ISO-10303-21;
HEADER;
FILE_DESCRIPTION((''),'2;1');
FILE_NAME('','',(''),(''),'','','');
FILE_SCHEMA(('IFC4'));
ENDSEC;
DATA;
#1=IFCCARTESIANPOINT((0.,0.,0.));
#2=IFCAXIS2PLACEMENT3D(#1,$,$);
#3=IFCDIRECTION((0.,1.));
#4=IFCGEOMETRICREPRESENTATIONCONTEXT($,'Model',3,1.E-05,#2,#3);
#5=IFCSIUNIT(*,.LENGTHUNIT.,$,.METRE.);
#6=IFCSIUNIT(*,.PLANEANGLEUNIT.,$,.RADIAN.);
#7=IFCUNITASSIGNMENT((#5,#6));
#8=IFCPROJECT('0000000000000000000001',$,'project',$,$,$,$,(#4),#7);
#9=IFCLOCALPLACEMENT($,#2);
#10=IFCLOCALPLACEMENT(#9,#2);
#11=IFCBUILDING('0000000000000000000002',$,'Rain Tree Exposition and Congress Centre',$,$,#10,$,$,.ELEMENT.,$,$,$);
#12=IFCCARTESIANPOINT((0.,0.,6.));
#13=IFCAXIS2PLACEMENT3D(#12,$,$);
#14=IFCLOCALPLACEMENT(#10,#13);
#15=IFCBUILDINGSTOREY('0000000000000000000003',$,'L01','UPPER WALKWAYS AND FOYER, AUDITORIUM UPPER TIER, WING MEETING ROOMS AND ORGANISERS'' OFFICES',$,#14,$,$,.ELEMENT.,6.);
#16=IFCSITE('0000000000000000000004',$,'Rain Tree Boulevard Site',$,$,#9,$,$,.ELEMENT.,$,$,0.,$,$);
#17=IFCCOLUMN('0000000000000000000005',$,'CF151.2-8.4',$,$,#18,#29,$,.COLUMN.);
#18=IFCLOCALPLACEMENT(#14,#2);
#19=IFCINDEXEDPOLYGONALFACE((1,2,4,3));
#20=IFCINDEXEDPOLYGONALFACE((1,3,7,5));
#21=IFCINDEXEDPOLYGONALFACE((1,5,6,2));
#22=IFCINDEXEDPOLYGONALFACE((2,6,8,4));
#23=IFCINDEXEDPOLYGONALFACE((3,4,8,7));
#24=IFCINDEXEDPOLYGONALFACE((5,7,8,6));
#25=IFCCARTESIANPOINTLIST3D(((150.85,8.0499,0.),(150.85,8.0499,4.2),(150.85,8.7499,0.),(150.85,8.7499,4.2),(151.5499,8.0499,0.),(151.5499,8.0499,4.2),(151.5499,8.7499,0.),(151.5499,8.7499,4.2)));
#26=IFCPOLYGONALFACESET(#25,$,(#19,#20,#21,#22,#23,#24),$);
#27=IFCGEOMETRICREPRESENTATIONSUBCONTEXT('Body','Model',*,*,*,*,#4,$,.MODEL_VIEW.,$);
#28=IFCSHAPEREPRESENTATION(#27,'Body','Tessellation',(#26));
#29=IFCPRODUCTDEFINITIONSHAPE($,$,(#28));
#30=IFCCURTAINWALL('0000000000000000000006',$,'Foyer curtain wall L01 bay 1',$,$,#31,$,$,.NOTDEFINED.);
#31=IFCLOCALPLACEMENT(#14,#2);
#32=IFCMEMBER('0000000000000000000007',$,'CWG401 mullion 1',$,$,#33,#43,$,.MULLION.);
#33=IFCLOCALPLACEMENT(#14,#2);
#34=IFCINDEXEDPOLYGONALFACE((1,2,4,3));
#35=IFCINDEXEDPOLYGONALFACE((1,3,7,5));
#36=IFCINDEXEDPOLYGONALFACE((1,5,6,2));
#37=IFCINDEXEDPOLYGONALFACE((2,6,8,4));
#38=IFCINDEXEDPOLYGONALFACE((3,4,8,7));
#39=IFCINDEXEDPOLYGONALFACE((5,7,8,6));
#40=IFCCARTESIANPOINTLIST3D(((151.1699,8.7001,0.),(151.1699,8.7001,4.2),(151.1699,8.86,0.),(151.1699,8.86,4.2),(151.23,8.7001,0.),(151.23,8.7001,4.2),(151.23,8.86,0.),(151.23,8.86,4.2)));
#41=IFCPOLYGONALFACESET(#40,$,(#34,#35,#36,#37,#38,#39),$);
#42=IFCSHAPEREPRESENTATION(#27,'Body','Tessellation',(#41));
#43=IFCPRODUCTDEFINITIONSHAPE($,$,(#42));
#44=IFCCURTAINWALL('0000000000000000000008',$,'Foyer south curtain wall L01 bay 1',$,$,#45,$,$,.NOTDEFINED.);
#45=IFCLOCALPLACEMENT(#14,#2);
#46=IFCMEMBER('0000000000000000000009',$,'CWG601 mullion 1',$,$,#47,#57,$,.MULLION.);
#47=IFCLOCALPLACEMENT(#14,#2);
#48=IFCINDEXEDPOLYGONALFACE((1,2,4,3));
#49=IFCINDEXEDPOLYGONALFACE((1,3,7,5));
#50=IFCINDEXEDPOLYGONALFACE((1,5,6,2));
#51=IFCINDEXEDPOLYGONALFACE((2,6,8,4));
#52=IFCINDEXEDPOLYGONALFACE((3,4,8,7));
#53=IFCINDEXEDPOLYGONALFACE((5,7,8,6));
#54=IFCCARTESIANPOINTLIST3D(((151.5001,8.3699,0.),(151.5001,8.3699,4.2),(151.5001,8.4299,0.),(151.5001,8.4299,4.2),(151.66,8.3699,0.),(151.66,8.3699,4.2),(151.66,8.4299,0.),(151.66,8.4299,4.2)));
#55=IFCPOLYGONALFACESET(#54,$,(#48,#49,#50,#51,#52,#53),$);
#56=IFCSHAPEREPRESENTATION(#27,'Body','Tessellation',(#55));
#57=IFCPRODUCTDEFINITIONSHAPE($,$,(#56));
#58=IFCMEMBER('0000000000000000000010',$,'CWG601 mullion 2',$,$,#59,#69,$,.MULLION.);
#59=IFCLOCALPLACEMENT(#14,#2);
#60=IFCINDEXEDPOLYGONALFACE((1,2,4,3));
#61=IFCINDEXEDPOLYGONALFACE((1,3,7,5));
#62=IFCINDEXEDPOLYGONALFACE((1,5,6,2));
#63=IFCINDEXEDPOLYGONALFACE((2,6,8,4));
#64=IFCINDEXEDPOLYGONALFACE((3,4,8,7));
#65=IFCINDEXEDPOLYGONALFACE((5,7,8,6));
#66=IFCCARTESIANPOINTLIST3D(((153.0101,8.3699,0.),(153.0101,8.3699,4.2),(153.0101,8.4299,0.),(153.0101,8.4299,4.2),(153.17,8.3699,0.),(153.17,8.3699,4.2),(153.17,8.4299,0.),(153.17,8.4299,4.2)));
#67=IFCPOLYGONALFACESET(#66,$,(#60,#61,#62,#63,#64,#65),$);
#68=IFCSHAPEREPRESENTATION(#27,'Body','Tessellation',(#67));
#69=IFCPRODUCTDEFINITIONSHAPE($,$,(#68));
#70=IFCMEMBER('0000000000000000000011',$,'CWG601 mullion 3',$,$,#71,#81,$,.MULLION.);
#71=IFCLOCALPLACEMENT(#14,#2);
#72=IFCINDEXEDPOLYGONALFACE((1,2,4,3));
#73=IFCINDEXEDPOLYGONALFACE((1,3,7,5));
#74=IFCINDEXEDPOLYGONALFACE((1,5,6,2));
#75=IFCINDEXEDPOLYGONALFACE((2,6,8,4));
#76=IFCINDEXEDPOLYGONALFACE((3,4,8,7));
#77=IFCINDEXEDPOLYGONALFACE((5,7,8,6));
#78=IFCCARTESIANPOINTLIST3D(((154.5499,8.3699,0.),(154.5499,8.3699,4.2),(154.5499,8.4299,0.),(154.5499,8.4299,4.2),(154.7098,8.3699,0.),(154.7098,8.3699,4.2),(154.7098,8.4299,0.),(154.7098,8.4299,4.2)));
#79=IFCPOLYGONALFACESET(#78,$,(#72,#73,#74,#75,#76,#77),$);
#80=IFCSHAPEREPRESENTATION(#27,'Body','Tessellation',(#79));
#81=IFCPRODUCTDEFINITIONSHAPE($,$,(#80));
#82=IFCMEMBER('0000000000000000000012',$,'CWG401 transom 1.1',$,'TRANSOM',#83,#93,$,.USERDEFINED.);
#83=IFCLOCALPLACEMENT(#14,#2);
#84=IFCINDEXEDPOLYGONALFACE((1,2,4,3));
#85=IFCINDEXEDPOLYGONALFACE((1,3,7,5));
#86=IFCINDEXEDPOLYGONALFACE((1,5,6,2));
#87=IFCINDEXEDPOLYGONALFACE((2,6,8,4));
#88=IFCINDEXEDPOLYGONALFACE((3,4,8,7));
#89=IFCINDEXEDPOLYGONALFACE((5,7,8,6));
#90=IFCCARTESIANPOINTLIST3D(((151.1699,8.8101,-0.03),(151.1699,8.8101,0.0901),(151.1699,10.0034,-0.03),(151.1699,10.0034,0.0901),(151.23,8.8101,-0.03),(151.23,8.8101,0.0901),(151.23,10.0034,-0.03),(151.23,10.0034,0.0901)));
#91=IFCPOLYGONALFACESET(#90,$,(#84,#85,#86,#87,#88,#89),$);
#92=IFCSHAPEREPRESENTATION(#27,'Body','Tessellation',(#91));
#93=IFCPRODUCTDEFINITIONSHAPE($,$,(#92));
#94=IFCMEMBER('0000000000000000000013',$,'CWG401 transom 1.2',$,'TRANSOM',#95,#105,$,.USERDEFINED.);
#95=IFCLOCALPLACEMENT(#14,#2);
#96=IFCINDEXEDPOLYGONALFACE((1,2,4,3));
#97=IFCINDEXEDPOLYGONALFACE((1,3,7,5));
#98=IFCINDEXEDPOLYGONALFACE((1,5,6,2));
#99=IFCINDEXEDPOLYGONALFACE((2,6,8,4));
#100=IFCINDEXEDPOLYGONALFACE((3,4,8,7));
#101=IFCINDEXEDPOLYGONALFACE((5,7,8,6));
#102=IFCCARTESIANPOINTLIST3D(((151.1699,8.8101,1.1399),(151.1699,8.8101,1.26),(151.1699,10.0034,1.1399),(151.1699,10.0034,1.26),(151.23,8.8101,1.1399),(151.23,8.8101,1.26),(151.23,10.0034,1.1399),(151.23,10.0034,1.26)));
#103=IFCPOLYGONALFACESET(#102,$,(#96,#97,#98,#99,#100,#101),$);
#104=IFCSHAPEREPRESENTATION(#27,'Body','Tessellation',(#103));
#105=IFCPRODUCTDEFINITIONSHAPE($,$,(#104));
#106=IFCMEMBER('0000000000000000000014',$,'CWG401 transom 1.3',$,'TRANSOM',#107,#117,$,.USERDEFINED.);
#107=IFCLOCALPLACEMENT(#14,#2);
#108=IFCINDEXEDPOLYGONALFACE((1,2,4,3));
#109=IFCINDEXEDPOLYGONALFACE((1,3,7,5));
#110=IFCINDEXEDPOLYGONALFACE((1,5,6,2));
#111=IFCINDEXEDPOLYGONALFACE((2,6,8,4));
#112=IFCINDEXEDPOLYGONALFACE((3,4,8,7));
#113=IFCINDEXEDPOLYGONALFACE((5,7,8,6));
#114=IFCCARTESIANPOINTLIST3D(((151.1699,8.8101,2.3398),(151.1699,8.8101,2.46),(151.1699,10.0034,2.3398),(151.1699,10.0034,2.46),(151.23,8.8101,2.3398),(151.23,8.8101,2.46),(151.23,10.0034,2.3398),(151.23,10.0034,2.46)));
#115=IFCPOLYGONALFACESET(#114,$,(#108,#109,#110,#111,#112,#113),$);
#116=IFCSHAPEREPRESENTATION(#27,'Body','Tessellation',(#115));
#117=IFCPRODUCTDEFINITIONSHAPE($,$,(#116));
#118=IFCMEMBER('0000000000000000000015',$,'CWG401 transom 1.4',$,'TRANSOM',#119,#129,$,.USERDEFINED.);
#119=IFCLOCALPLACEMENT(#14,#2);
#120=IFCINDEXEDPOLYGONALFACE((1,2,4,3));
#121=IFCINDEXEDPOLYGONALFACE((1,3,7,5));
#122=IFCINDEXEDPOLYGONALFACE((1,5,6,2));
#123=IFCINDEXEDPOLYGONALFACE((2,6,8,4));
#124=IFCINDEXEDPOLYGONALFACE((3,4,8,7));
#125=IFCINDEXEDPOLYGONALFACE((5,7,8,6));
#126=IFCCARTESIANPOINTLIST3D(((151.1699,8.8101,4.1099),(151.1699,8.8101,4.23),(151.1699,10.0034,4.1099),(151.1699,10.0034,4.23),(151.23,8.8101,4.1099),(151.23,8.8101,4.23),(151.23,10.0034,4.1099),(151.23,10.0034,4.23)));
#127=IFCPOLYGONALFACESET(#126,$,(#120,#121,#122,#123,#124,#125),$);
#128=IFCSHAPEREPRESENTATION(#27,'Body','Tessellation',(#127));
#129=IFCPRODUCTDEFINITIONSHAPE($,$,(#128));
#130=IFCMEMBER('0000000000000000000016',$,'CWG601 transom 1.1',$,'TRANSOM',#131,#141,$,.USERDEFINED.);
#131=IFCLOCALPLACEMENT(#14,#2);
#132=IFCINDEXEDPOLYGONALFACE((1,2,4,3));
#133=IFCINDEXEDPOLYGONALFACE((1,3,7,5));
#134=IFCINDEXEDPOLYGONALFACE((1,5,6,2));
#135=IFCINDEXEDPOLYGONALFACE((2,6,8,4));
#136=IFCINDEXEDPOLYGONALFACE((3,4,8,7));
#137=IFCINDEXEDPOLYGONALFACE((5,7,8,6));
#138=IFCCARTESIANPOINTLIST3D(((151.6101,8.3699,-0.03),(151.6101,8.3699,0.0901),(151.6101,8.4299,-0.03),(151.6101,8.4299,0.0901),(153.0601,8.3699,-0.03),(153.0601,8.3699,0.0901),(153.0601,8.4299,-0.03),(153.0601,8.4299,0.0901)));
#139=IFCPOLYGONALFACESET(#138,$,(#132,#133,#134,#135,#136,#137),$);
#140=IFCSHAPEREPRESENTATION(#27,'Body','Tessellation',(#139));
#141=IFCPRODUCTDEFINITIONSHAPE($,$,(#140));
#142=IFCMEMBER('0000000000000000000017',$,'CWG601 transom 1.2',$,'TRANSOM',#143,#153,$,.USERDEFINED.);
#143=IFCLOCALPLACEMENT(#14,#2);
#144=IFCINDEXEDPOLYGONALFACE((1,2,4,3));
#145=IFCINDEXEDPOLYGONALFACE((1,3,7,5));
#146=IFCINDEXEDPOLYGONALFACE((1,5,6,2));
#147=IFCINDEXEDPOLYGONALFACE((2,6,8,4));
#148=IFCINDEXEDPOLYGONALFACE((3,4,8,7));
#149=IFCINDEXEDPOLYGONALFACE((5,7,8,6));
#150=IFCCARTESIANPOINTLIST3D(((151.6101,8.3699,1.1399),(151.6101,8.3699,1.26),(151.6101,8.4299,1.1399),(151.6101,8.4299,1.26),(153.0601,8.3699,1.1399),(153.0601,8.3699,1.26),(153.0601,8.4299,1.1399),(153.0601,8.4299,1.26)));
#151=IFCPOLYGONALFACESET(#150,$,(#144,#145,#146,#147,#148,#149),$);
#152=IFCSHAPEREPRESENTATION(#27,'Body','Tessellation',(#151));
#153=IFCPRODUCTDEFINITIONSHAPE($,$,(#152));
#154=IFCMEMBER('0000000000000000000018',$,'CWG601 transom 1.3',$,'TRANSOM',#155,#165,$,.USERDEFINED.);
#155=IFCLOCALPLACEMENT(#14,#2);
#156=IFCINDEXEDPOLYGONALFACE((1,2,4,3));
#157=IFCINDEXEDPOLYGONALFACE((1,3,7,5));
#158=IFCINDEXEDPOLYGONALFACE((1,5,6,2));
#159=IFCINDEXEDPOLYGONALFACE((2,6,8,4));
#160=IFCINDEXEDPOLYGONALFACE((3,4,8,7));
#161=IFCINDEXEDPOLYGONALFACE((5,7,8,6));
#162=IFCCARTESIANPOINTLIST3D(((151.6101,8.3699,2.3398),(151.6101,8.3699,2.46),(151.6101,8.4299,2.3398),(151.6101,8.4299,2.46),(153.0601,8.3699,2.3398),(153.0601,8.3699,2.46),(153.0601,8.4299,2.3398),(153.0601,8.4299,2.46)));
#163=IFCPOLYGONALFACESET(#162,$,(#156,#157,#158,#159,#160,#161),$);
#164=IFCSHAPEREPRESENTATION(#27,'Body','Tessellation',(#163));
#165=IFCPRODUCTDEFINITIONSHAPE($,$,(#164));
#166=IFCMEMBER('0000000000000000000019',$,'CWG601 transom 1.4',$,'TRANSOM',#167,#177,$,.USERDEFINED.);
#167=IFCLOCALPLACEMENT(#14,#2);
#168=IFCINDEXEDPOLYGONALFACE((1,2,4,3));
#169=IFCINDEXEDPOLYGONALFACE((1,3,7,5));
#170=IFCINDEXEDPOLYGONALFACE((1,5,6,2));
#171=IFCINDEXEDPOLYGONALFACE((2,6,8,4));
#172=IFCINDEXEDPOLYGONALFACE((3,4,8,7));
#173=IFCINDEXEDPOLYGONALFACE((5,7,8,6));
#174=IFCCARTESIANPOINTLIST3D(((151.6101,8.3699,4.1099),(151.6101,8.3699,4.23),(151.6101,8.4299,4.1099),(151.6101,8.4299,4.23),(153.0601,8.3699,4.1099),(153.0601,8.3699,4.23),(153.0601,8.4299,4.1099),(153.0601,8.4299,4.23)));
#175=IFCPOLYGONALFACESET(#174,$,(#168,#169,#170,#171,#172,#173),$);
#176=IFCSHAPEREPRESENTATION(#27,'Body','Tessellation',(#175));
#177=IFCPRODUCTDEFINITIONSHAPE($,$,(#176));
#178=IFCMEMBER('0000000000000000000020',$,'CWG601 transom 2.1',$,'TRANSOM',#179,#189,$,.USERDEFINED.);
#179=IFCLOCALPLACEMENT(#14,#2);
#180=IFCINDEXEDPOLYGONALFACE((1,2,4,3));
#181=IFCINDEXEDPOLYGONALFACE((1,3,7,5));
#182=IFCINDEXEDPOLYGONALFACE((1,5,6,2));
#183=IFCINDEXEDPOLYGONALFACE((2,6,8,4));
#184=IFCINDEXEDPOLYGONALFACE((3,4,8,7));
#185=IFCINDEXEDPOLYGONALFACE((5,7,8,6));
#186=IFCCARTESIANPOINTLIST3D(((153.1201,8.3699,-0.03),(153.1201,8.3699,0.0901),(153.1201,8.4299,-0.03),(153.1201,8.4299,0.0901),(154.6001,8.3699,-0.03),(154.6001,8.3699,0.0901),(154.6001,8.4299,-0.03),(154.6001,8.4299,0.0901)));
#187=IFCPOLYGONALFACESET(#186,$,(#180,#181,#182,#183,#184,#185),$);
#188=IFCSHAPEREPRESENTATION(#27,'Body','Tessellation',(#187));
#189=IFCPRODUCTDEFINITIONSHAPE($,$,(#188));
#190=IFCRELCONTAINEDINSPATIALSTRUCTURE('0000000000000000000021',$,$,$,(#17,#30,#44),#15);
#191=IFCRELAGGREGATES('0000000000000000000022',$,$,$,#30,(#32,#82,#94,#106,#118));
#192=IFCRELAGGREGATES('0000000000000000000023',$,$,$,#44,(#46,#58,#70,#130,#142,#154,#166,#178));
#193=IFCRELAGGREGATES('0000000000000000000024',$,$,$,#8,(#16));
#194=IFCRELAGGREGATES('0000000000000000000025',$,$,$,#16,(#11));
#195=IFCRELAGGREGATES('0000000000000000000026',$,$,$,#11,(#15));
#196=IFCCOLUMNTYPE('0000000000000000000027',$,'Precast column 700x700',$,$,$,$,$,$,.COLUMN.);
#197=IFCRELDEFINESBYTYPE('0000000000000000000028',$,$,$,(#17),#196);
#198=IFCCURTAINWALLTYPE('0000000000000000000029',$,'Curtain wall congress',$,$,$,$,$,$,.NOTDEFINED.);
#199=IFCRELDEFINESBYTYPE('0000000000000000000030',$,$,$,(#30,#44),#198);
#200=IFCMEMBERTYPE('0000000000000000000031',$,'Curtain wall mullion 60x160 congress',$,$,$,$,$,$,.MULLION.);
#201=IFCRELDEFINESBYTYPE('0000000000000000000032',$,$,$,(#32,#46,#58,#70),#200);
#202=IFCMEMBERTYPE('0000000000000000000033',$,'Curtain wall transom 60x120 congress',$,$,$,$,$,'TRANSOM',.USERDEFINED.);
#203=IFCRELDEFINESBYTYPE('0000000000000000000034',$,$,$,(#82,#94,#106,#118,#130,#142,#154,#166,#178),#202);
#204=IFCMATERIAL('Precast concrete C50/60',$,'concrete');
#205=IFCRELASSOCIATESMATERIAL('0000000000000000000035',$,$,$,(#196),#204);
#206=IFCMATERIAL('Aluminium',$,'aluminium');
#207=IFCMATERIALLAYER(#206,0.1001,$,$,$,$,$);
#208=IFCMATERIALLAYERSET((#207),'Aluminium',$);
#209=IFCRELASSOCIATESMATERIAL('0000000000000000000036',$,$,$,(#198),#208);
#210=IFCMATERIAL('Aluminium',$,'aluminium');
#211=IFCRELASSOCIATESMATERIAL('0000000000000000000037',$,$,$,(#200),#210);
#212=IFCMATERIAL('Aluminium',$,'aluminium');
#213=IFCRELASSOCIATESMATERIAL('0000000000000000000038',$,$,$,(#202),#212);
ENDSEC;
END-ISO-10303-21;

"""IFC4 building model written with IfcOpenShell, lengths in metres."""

from ifc_helpers import new_model, si_unit, direction, frame, origin, origin_2d, place, context, subcontext, project, spatial, rectangle, extrude, material, layer, layer_set, material_profile, profile_set, type_object, element, aggregate, save


model = new_model("IFC4")

# Units and contexts
model_context = context("Model", 3, precision=1e-05, world=origin(), true_north=direction((0.0, 1.0)))
body_context = subcontext(model_context, "Body", "Model", "MODEL_VIEW")
ifc_project = project(units=[si_unit("LENGTHUNIT", "METRE"), si_unit("PLANEANGLEUNIT", "RADIAN")], contexts=[model_context])

# Site, building, storey
site_placement = place(None, origin())
site = spatial("IfcSite", under=ifc_project, at=site_placement, Name="Rain Tree Boulevard Site", CompositionType="ELEMENT", RefElevation=0.0)
building_placement = place(site_placement, origin())
building = spatial("IfcBuilding", under=site, at=building_placement, Name="Rain Tree Exposition and Congress Centre", CompositionType="ELEMENT")
storey_placement = place(building_placement, frame((0.0, 0.0, 6.0)))
storey = spatial("IfcBuildingStorey", under=building, at=storey_placement, Name="L01", Description="UPPER WALKWAYS AND FOYER, AUDITORIUM UPPER TIER, WING MEETING ROOMS AND ORGANISERS' OFFICES", CompositionType="ELEMENT", Elevation=6.0)

# Column
ifc_material_1 = material(Name="Precast concrete C50/60", Category="concrete")
ifc_material_profile_1 = material_profile(ifc_material_1, rectangle(XDim=0.7, YDim=0.7, at=origin_2d()), Name="RC 700x700")
ifc_profile_set_1 = profile_set([ifc_material_profile_1], Name="Precast concrete C50/60")
column_type = type_object("IfcColumnType", Name="Precast column 700x700", PredefinedType="COLUMN", material=ifc_profile_set_1)
column_placement = place(storey_placement, frame((151.2, 8.3999, 0.0), z_axis=(0.0, 0.0, 1.0), x_axis=(1.0, 0.0, 0.0)))
element("IfcColumn", 1, at=column_placement, inside=storey, type_object=column_type, Name="CF151.2-8.4", PredefinedType="COLUMN", context=body_context, shape_type="SweptSolid", body=[
    extrude(rectangle(XDim=0.7, YDim=0.7, at=origin_2d()), origin(), (0.0, 0.0, 1.0), 4.2),
])

# Curtain wall, member
ifc_material_2 = material(Name="Aluminium", Category="aluminium")
ifc_layer_1 = layer(ifc_material_2, 0.1001)
ifc_layer_set_1 = layer_set([ifc_layer_1], Name="Aluminium")
curtain_wall_type = type_object("IfcCurtainWallType", Name="Curtain wall congress", PredefinedType="NOTDEFINED", material=ifc_layer_set_1)
curtain_wall_1_placement = place(storey_placement, origin())
curtain_wall_1 = element("IfcCurtainWall", 2, at=curtain_wall_1_placement, inside=storey, type_object=curtain_wall_type, Name="Foyer curtain wall L01 bay 1", PredefinedType="NOTDEFINED")
ifc_material_3 = material(Name="Aluminium", Category="aluminium")
ifc_material_profile_2 = material_profile(ifc_material_3, rectangle(XDim=0.0601, YDim=0.1599, at=origin_2d()), Name="AL 60x160")
ifc_profile_set_2 = profile_set([ifc_material_profile_2], Name="Aluminium")
member_type_1 = type_object("IfcMemberType", Name="Curtain wall mullion 60x160 congress", PredefinedType="MULLION", material=ifc_profile_set_2)
member_1_placement = place(storey_placement, frame((151.2, 8.78, 0.0), z_axis=(0.0, 0.0, 1.0), x_axis=(-1.0, 0.0, 0.0)))
member_1 = element("IfcMember", 3, at=member_1_placement, type_object=member_type_1, Name="CWG401 mullion 1", PredefinedType="MULLION", context=body_context, shape_type="SweptSolid", body=[
    extrude(rectangle(XDim=0.0601, YDim=0.1599, at=origin_2d()), origin(), (0.0, 0.0, 1.0), 4.2),
])

# Curtain wall, members
curtain_wall_2_placement = place(storey_placement, origin())
curtain_wall_2 = element("IfcCurtainWall", 4, at=curtain_wall_2_placement, inside=storey, type_object=curtain_wall_type, Name="Foyer south curtain wall L01 bay 1", PredefinedType="NOTDEFINED")
member_2_placement = place(storey_placement, frame((151.5801, 8.3999, 0.0), z_axis=(0.0, 0.0, 1.0), x_axis=(0.0, 1.0, 0.0)))
member_2 = element("IfcMember", 5, at=member_2_placement, type_object=member_type_1, Name="CWG601 mullion 1", PredefinedType="MULLION", context=body_context, shape_type="SweptSolid", body=[
    extrude(rectangle(XDim=0.0601, YDim=0.1599, at=origin_2d()), origin(), (0.0, 0.0, 1.0), 4.2),
])
member_3_placement = place(storey_placement, frame((153.0901, 8.3999, 0.0), z_axis=(0.0, 0.0, 1.0), x_axis=(0.0, 1.0, 0.0)))
member_3 = element("IfcMember", 6, at=member_3_placement, type_object=member_type_1, Name="CWG601 mullion 2", PredefinedType="MULLION", context=body_context, shape_type="SweptSolid", body=[
    extrude(rectangle(XDim=0.0601, YDim=0.1599, at=origin_2d()), origin(), (0.0, 0.0, 1.0), 4.2),
])
member_4_placement = place(storey_placement, frame((154.6299, 8.3999, 0.0), z_axis=(0.0, 0.0, 1.0), x_axis=(0.0, 1.0, 0.0)))
member_4 = element("IfcMember", 7, at=member_4_placement, type_object=member_type_1, Name="CWG601 mullion 3", PredefinedType="MULLION", context=body_context, shape_type="SweptSolid", body=[
    extrude(rectangle(XDim=0.0601, YDim=0.1599, at=origin_2d()), origin(), (0.0, 0.0, 1.0), 4.2),
])

# Members
ifc_material_4 = material(Name="Aluminium", Category="aluminium")
ifc_material_profile_3 = material_profile(ifc_material_4, rectangle(XDim=0.0601, YDim=0.1201, at=origin_2d()), Name="AL 60x120")
ifc_profile_set_3 = profile_set([ifc_material_profile_3], Name="Aluminium")
member_type_2 = type_object("IfcMemberType", Name="Curtain wall transom 60x120 congress", ElementType="TRANSOM", PredefinedType="USERDEFINED", material=ifc_profile_set_3)
member_5_placement = place(storey_placement, frame((151.2, 8.8101, 0.03), z_axis=(0.0, 1.0, 0.0), x_axis=(-1.0, 0.0, 0.0)))
member_5 = element("IfcMember", 8, at=member_5_placement, type_object=member_type_2, Name="CWG401 transom 1.1", ObjectType="TRANSOM", PredefinedType="USERDEFINED", context=body_context, shape_type="SweptSolid", body=[
    extrude(rectangle(XDim=0.0601, YDim=0.1201, at=origin_2d()), origin(), (0.0, 0.0, 1.0), 1.1934),
])
member_6_placement = place(storey_placement, frame((151.2, 8.8101, 1.2), z_axis=(0.0, 1.0, 0.0), x_axis=(-1.0, 0.0, 0.0)))
member_6 = element("IfcMember", 9, at=member_6_placement, type_object=member_type_2, Name="CWG401 transom 1.2", ObjectType="TRANSOM", PredefinedType="USERDEFINED", context=body_context, shape_type="SweptSolid", body=[
    extrude(rectangle(XDim=0.0601, YDim=0.1201, at=origin_2d()), origin(), (0.0, 0.0, 1.0), 1.1934),
])
member_7_placement = place(storey_placement, frame((151.2, 8.8101, 2.3999), z_axis=(0.0, 1.0, 0.0), x_axis=(-1.0, 0.0, 0.0)))
member_7 = element("IfcMember", 10, at=member_7_placement, type_object=member_type_2, Name="CWG401 transom 1.3", ObjectType="TRANSOM", PredefinedType="USERDEFINED", context=body_context, shape_type="SweptSolid", body=[
    extrude(rectangle(XDim=0.0601, YDim=0.1201, at=origin_2d()), origin(), (0.0, 0.0, 1.0), 1.1934),
])
member_8_placement = place(storey_placement, frame((151.2, 8.8101, 4.1699), z_axis=(0.0, 1.0, 0.0), x_axis=(-1.0, 0.0, 0.0)))
member_8 = element("IfcMember", 11, at=member_8_placement, type_object=member_type_2, Name="CWG401 transom 1.4", ObjectType="TRANSOM", PredefinedType="USERDEFINED", context=body_context, shape_type="SweptSolid", body=[
    extrude(rectangle(XDim=0.0601, YDim=0.1201, at=origin_2d()), origin(), (0.0, 0.0, 1.0), 1.1934),
])
member_9_placement = place(storey_placement, frame((151.6101, 8.3999, 0.03), z_axis=(1.0, 0.0, 0.0), x_axis=(0.0, 1.0, 0.0)))
member_9 = element("IfcMember", 12, at=member_9_placement, type_object=member_type_2, Name="CWG601 transom 1.1", ObjectType="TRANSOM", PredefinedType="USERDEFINED", context=body_context, shape_type="SweptSolid", body=[
    extrude(rectangle(XDim=0.0601, YDim=0.1201, at=origin_2d()), origin(), (0.0, 0.0, 1.0), 1.45),
])
member_10_placement = place(storey_placement, frame((151.6101, 8.3999, 1.2), z_axis=(1.0, 0.0, 0.0), x_axis=(0.0, 1.0, 0.0)))
member_10 = element("IfcMember", 13, at=member_10_placement, type_object=member_type_2, Name="CWG601 transom 1.2", ObjectType="TRANSOM", PredefinedType="USERDEFINED", context=body_context, shape_type="SweptSolid", body=[
    extrude(rectangle(XDim=0.0601, YDim=0.1201, at=origin_2d()), origin(), (0.0, 0.0, 1.0), 1.45),
])
member_11_placement = place(storey_placement, frame((151.6101, 8.3999, 2.3999), z_axis=(1.0, 0.0, 0.0), x_axis=(0.0, 1.0, 0.0)))
member_11 = element("IfcMember", 14, at=member_11_placement, type_object=member_type_2, Name="CWG601 transom 1.3", ObjectType="TRANSOM", PredefinedType="USERDEFINED", context=body_context, shape_type="SweptSolid", body=[
    extrude(rectangle(XDim=0.0601, YDim=0.1201, at=origin_2d()), origin(), (0.0, 0.0, 1.0), 1.45),
])
member_12_placement = place(storey_placement, frame((151.6101, 8.3999, 4.1699), z_axis=(1.0, 0.0, 0.0), x_axis=(0.0, 1.0, 0.0)))
member_12 = element("IfcMember", 15, at=member_12_placement, type_object=member_type_2, Name="CWG601 transom 1.4", ObjectType="TRANSOM", PredefinedType="USERDEFINED", context=body_context, shape_type="SweptSolid", body=[
    extrude(rectangle(XDim=0.0601, YDim=0.1201, at=origin_2d()), origin(), (0.0, 0.0, 1.0), 1.45),
])
member_13_placement = place(storey_placement, frame((153.1201, 8.3999, 0.03), z_axis=(1.0, 0.0, 0.0), x_axis=(0.0, 1.0, 0.0)))
member_13 = element("IfcMember", 16, at=member_13_placement, type_object=member_type_2, Name="CWG601 transom 2.1", ObjectType="TRANSOM", PredefinedType="USERDEFINED", context=body_context, shape_type="SweptSolid", body=[
    extrude(rectangle(XDim=0.0601, YDim=0.1201, at=origin_2d()), origin(), (0.0, 0.0, 1.0), 1.48),
])

aggregate(curtain_wall_1, [member_1, member_5, member_6, member_7, member_8])
aggregate(curtain_wall_2, [member_2, member_3, member_4, member_9, member_10, member_11, member_12, member_13])

save(model, "model.ifc")
